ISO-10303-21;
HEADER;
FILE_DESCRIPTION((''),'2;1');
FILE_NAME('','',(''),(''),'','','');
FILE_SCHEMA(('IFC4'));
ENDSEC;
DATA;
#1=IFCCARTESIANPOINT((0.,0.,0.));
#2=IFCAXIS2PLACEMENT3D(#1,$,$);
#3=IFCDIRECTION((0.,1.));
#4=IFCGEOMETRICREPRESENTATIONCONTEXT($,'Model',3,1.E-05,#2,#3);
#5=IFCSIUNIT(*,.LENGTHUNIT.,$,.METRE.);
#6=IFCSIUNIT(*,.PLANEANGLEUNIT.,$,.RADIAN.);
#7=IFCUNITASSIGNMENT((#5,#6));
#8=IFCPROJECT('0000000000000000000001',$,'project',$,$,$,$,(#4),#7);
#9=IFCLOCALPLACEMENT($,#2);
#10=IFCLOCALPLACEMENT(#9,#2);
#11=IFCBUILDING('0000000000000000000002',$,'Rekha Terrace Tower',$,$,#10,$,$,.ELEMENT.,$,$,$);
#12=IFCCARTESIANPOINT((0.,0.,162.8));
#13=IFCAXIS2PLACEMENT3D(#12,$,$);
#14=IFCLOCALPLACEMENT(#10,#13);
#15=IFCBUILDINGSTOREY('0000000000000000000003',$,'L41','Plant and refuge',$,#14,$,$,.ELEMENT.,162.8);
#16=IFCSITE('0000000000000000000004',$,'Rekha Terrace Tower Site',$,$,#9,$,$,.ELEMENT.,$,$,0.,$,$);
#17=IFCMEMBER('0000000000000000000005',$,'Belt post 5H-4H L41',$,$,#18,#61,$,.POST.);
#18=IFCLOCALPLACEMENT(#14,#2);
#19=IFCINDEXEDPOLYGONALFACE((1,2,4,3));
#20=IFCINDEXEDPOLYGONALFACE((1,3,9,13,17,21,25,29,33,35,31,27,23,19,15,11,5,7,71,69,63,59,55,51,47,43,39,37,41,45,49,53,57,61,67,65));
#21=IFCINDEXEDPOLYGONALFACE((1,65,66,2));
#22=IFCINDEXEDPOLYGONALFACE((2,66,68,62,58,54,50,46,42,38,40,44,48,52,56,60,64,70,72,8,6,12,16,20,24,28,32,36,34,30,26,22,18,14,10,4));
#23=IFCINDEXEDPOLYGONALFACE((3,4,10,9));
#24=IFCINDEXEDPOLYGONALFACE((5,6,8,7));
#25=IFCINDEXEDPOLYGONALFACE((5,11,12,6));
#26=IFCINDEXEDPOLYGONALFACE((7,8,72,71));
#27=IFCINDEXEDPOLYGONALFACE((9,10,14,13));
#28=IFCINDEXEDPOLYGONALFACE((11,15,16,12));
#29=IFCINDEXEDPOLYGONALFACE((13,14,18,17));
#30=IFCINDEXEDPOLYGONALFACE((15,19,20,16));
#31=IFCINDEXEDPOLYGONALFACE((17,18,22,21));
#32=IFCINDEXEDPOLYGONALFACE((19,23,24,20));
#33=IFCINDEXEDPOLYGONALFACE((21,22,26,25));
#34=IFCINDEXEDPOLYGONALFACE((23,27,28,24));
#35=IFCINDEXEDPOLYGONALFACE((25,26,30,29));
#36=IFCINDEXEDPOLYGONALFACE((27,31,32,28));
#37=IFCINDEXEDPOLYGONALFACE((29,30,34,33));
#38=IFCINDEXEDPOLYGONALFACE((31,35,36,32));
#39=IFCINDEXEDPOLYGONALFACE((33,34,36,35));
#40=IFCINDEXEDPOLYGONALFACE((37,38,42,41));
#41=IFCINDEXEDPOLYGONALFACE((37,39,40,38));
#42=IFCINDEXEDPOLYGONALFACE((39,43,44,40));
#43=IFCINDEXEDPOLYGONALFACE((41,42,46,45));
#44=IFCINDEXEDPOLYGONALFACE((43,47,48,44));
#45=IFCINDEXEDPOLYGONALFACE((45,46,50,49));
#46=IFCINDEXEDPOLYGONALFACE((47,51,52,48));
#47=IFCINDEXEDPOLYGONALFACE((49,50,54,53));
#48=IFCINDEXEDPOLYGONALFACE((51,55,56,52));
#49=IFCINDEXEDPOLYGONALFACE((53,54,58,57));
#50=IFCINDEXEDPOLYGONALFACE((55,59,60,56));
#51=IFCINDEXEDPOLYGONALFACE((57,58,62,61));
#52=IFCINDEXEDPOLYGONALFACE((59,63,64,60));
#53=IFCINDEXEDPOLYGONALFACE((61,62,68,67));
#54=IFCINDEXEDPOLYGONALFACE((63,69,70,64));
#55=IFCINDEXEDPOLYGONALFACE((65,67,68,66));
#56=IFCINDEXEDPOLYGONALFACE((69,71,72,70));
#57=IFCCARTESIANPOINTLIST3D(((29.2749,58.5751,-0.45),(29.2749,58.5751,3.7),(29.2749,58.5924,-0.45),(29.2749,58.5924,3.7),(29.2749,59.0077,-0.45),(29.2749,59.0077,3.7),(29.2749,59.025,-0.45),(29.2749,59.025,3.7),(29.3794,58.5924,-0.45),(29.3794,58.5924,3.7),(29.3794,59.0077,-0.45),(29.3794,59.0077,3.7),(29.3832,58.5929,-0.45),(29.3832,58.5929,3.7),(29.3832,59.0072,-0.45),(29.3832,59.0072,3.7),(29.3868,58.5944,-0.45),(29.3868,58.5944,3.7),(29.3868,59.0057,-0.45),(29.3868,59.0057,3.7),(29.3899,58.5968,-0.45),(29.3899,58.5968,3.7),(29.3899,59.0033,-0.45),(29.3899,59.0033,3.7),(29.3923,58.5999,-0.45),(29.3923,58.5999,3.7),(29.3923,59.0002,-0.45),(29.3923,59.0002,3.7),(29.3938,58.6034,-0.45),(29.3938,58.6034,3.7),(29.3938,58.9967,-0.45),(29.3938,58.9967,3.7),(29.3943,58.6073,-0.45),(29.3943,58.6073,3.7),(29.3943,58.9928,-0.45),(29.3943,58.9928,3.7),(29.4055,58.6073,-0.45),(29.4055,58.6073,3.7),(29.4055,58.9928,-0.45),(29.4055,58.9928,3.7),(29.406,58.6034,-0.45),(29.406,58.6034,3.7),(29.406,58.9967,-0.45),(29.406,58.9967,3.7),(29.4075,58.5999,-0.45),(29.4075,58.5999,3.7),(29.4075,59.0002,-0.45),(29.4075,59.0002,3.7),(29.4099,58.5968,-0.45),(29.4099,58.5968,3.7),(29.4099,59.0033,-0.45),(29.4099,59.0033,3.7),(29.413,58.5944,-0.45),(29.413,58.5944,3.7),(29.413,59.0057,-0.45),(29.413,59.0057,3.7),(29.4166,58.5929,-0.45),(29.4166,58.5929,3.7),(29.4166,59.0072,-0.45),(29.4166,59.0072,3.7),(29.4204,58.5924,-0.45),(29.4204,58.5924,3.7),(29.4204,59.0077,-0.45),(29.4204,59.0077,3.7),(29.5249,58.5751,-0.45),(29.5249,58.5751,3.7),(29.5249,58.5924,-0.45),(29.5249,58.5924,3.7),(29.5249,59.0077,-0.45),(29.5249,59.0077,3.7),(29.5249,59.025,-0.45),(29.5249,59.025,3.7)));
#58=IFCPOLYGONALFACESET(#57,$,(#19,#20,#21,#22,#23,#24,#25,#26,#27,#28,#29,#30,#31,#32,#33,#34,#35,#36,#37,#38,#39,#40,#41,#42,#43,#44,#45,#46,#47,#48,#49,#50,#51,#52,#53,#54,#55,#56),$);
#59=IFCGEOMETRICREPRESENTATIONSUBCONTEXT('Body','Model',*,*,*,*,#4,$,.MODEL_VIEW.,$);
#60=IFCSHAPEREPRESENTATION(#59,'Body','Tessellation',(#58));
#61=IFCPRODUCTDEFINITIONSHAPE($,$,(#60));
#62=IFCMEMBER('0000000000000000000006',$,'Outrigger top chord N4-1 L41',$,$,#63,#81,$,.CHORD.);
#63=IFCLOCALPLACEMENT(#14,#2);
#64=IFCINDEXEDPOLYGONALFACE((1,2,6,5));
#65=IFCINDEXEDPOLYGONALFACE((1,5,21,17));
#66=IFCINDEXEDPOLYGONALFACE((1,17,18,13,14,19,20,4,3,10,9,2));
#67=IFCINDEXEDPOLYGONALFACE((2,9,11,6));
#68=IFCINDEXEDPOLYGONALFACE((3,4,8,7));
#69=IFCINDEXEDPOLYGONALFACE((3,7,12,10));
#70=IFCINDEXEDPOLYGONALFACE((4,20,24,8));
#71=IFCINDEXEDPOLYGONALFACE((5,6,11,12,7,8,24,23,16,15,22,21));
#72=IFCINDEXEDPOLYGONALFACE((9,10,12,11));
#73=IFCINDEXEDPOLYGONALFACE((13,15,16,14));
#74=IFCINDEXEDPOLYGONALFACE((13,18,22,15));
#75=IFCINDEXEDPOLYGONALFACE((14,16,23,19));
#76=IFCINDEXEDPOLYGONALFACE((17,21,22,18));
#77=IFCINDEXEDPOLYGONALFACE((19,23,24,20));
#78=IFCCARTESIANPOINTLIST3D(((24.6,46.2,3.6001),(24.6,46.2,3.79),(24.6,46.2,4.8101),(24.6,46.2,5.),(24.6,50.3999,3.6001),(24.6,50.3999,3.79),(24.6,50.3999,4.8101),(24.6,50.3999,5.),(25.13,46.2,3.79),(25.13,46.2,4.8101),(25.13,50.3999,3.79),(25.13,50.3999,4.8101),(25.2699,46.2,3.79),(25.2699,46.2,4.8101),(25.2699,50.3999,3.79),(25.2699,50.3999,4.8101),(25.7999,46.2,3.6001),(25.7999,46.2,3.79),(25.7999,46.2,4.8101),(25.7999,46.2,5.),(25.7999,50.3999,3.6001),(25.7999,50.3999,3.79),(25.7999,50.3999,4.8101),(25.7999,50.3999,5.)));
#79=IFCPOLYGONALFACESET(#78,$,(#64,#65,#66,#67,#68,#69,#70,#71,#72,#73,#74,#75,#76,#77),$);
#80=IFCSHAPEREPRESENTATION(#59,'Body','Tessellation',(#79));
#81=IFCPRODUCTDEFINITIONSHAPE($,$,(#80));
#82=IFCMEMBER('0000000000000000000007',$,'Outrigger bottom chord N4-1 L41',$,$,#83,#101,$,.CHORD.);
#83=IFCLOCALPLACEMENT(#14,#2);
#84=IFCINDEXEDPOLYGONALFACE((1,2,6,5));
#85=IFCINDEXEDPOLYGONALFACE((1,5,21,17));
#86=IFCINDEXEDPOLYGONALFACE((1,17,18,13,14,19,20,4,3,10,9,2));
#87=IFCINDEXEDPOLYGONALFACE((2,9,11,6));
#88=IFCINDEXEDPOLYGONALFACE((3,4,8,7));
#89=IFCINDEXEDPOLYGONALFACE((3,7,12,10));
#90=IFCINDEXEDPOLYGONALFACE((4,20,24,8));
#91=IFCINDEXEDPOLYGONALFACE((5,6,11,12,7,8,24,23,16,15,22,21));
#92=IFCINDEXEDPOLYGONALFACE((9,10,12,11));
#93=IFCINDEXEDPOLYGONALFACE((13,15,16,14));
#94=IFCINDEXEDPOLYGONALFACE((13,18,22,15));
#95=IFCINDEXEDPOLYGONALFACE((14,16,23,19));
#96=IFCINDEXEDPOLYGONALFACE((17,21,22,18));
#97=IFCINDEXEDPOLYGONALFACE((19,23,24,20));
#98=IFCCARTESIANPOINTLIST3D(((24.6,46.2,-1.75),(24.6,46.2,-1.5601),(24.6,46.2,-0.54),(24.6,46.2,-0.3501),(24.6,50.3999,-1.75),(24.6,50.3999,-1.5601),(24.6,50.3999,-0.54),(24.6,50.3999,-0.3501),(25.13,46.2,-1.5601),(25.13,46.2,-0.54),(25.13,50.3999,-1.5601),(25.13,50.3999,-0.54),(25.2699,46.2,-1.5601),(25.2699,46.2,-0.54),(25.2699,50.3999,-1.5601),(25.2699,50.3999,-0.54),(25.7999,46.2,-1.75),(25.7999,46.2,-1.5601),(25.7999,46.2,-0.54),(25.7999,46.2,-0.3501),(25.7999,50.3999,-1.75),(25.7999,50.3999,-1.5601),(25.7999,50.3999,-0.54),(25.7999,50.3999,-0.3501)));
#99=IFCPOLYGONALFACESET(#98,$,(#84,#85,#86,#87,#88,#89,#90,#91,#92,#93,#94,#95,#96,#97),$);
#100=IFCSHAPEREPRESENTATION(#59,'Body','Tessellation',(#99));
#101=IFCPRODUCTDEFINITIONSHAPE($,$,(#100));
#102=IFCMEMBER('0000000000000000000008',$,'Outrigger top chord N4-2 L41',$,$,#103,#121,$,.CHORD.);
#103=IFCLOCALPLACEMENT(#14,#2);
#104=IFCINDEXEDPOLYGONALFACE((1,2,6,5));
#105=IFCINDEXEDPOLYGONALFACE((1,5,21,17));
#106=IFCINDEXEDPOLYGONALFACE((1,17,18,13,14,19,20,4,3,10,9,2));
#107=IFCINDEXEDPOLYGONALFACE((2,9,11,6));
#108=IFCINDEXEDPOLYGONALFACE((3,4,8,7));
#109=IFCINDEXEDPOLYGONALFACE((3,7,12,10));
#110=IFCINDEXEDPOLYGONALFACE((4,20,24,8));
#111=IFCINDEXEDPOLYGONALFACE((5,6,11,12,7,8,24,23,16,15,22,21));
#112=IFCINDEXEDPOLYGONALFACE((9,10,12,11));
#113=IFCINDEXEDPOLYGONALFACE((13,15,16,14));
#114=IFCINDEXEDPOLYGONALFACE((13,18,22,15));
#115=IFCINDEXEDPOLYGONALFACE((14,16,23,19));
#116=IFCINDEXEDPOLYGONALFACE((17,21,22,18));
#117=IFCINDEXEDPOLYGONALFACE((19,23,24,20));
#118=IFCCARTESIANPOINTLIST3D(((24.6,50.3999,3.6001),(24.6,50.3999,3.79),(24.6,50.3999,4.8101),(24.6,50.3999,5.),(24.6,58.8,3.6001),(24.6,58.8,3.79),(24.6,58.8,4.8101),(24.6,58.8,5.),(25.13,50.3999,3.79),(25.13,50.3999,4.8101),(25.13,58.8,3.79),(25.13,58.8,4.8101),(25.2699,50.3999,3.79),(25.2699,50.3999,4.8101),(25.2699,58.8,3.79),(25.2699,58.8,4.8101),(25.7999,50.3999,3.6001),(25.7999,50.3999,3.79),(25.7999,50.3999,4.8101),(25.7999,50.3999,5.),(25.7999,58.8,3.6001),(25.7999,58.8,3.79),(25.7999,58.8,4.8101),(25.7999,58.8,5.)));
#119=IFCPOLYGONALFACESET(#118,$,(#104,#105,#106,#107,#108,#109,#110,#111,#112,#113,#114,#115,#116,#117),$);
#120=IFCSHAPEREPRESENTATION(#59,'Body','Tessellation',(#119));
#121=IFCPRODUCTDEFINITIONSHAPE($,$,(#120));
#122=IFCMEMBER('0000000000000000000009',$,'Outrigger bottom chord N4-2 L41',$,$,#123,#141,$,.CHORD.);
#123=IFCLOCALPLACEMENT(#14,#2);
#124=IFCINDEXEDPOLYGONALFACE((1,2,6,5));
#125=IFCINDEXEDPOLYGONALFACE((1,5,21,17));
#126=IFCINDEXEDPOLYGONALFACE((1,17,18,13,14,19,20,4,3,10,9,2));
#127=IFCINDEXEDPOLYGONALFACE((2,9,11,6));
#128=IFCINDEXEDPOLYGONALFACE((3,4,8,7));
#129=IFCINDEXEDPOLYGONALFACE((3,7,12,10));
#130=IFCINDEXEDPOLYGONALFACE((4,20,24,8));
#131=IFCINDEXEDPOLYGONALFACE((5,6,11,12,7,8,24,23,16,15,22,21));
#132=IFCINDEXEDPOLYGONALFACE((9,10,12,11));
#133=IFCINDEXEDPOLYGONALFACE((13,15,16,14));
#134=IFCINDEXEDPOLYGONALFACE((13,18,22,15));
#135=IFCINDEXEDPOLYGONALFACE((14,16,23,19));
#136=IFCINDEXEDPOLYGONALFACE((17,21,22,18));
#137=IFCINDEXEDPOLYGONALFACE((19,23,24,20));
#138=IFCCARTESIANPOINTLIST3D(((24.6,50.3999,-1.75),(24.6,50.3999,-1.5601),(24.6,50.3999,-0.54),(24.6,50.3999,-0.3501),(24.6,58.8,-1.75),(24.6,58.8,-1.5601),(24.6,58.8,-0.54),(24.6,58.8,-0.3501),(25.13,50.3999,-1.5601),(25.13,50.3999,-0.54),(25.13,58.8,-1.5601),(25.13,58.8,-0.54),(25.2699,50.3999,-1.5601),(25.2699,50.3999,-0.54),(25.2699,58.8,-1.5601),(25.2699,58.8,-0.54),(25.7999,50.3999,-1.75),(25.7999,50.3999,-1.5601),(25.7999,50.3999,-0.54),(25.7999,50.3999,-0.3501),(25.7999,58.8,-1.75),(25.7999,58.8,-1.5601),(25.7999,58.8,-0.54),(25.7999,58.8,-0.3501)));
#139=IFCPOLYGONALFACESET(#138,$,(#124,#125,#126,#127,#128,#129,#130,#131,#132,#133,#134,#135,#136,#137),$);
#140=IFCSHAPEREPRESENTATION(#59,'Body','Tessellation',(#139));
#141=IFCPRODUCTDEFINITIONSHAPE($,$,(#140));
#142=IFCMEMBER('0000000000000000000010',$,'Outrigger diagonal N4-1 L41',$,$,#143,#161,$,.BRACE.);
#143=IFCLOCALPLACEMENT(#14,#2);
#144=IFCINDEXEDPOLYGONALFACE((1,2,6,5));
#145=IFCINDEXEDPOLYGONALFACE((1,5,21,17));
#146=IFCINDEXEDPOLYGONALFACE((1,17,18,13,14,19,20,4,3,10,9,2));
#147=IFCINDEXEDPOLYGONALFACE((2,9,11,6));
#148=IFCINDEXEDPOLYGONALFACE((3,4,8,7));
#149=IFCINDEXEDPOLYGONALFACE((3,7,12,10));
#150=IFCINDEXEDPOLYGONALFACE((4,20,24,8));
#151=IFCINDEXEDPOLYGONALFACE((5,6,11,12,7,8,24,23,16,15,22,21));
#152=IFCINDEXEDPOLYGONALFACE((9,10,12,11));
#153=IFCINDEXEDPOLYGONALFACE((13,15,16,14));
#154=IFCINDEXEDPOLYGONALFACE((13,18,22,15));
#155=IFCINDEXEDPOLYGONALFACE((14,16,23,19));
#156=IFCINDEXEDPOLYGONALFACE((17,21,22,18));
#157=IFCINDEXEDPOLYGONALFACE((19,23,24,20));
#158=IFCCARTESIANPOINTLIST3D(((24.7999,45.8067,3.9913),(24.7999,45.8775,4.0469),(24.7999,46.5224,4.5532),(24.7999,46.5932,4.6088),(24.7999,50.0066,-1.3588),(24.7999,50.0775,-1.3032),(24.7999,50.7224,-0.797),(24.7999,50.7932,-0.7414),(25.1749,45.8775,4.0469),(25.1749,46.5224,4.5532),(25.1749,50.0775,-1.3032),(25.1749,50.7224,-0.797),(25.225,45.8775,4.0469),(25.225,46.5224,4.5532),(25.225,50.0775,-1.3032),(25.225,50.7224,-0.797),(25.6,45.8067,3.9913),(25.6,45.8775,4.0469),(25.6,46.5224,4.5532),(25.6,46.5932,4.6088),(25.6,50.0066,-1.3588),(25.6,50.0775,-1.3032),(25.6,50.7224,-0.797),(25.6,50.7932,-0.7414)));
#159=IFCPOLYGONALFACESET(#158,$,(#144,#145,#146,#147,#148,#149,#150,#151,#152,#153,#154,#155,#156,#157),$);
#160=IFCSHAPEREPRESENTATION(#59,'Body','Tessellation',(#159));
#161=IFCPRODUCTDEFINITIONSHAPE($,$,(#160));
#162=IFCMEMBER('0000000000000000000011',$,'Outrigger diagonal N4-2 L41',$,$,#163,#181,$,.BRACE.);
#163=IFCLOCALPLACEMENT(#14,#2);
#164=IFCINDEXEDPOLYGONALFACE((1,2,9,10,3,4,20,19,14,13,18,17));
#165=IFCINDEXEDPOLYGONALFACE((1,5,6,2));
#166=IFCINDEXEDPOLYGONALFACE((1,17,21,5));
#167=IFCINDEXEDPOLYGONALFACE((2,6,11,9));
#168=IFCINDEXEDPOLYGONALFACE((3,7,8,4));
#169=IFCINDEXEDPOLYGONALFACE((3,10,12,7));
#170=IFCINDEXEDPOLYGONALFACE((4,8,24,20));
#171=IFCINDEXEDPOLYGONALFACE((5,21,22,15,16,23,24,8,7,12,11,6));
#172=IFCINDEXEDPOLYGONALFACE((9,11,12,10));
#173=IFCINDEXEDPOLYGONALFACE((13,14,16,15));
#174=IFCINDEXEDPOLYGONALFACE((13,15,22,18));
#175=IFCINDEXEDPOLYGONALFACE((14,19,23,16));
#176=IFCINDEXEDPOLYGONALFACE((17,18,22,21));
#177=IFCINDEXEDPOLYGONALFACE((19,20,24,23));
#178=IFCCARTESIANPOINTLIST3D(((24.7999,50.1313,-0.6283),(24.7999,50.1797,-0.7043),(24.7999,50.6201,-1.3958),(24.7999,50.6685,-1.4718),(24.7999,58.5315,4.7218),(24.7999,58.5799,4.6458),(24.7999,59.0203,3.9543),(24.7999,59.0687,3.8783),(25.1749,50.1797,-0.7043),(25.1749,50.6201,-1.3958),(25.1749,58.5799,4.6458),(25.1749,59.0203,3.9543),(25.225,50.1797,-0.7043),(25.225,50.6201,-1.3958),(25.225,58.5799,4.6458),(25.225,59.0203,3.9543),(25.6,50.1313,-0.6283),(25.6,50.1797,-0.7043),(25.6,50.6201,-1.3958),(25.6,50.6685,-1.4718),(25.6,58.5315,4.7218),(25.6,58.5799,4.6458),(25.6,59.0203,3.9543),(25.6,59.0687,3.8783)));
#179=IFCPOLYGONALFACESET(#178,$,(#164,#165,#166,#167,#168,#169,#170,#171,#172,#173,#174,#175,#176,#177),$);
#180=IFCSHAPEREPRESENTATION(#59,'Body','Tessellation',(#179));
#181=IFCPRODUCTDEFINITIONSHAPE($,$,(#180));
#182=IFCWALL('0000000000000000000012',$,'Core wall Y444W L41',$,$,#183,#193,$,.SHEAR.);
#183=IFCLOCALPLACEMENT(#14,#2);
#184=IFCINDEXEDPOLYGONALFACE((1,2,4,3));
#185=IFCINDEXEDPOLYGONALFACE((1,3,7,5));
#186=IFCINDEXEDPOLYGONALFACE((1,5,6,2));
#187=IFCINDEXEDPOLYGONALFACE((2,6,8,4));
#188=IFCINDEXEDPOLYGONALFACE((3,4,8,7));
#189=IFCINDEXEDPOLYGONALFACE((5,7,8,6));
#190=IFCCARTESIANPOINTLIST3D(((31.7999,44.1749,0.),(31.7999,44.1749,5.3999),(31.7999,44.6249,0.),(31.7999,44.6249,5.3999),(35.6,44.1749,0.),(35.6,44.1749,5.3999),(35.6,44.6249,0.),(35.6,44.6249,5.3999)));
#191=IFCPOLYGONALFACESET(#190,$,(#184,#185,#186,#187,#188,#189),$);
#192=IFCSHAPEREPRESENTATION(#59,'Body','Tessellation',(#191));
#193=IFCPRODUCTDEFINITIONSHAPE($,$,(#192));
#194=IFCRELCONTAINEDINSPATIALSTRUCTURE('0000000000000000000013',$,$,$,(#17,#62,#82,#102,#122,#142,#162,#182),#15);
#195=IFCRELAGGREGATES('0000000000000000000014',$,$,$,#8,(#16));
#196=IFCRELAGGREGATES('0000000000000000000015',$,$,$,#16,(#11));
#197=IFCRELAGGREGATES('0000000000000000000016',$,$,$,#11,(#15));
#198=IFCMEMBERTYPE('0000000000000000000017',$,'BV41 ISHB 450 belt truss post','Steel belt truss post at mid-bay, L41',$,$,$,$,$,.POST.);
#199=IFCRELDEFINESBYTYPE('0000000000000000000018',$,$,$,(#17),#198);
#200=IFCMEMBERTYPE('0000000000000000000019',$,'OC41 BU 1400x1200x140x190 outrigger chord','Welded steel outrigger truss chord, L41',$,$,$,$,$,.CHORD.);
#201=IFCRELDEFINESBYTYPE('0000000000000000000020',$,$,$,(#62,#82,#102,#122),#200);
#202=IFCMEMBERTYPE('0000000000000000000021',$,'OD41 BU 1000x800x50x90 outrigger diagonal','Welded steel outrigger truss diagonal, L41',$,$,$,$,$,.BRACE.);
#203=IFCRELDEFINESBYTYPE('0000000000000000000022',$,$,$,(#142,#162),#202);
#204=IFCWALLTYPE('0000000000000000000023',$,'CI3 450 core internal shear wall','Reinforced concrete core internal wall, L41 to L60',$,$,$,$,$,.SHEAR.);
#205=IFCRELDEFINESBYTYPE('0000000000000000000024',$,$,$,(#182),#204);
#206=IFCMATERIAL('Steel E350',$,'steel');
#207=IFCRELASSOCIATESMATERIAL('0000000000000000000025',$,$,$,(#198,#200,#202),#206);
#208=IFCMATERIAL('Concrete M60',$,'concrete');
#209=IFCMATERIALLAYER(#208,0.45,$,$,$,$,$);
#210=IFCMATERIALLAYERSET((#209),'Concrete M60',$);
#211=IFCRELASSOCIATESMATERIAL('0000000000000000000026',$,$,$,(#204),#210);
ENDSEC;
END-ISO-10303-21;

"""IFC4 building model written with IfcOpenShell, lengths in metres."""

from ifc_helpers import new_model, si_unit, direction, frame, frame_2d, origin, origin_2d, place, context, subcontext, project, spatial, rectangle, i_section, extrude, material, layer, layer_set, material_profile, profile_set, type_object, element, save


model = new_model("IFC4")

# Units and contexts
model_context = context("Model", 3, precision=1e-05, world=origin(), true_north=direction((0.0, 1.0)))
body_context = subcontext(model_context, "Body", "Model", "MODEL_VIEW")
ifc_project = project(units=[si_unit("LENGTHUNIT", "METRE"), si_unit("PLANEANGLEUNIT", "RADIAN")], contexts=[model_context])

# Site, building, storey
site_placement = place(None, origin())
site = spatial("IfcSite", under=ifc_project, at=site_placement, Name="Rekha Terrace Tower Site", CompositionType="ELEMENT", RefElevation=0.0)
building_placement = place(site_placement, origin())
building = spatial("IfcBuilding", under=site, at=building_placement, Name="Rekha Terrace Tower", CompositionType="ELEMENT")
storey_placement = place(building_placement, frame((0.0, 0.0, 162.8)))
storey = spatial("IfcBuildingStorey", under=building, at=storey_placement, Name="L41", Description="Plant and refuge", CompositionType="ELEMENT", Elevation=162.8)

# Shared definitions
ifc_material_1 = material(Name="Concrete M60", Category="concrete")

# Members
ifc_material_2 = material(Name="Steel E350", Category="steel")
ifc_material_profile_1 = material_profile(ifc_material_2, i_section(OverallWidth=0.25, OverallDepth=0.45, WebThickness=0.0112, FlangeThickness=0.0173, FilletRadius=0.0149, at=origin_2d()), Name="ISHB 450")
ifc_profile_set_1 = profile_set([ifc_material_profile_1], Name="Steel E350")
member_type_1 = type_object("IfcMemberType", Name="BV41 ISHB 450 belt truss post", Description="Steel belt truss post at mid-bay, L41", PredefinedType="POST", material=ifc_profile_set_1)
member_1_placement = place(storey_placement, frame((29.3999, 58.8, -0.45), z_axis=(0.0, 0.0, 1.0), x_axis=(1.0, 0.0, 0.0)))
element("IfcMember", 1, at=member_1_placement, inside=storey, type_object=member_type_1, Name="Belt post 5H-4H L41", PredefinedType="POST", context=body_context, shape_type="SweptSolid", body=[
    extrude(i_section(OverallWidth=0.25, OverallDepth=0.45, WebThickness=0.0112, FlangeThickness=0.0173, FilletRadius=0.0149, at=origin_2d()), origin(), (0.0, 0.0, 1.0), 4.1499),
])
ifc_material_profile_2 = material_profile(ifc_material_2, i_section(OverallWidth=1.2, OverallDepth=1.3999, WebThickness=0.1399, FlangeThickness=0.1899, at=origin_2d()), Name="BU 1400x1200x140x190")
ifc_profile_set_2 = profile_set([ifc_material_profile_2], Name="Steel E350")
member_type_2 = type_object("IfcMemberType", Name="OC41 BU 1400x1200x140x190 outrigger chord", Description="Welded steel outrigger truss chord, L41", PredefinedType="CHORD", material=ifc_profile_set_2)
for number, where, z_axis, x_axis, name in (
    (2, (25.2, 46.2, 4.3), (0.0, 1.0, 0.0), (-1.0, 0.0, 0.0), "Outrigger top chord N4-1 L41"),
    (3, (25.2, 46.2, -1.05), (0.0, 1.0, 0.0), (-1.0, 0.0, 0.0), "Outrigger bottom chord N4-1 L41"),
):
    element("IfcMember", number, at=place(storey_placement, frame(where, z_axis=z_axis, x_axis=x_axis)), inside=storey, type_object=member_type_2, Name=name, PredefinedType="CHORD", context=body_context, shape_type="SweptSolid", body=[
        extrude(i_section(OverallWidth=1.2, OverallDepth=1.3999, WebThickness=0.1399, FlangeThickness=0.1899, at=origin_2d()), origin(), (0.0, 0.0, 1.0), 4.2),
    ])
for number, where, z_axis, x_axis, name in (
    (4, (25.2, 50.3999, 4.3), (0.0, 1.0, 0.0), (-1.0, 0.0, 0.0), "Outrigger top chord N4-2 L41"),
    (5, (25.2, 50.3999, -1.05), (0.0, 1.0, 0.0), (-1.0, 0.0, 0.0), "Outrigger bottom chord N4-2 L41"),
):
    element("IfcMember", number, at=place(storey_placement, frame(where, z_axis=z_axis, x_axis=x_axis)), inside=storey, type_object=member_type_2, Name=name, PredefinedType="CHORD", context=body_context, shape_type="SweptSolid", body=[
        extrude(i_section(OverallWidth=1.2, OverallDepth=1.3999, WebThickness=0.1399, FlangeThickness=0.1899, at=origin_2d()), origin(), (0.0, 0.0, 1.0), 8.4001),
    ])
ifc_material_profile_3 = material_profile(ifc_material_2, i_section(OverallWidth=0.8, OverallDepth=1.0, WebThickness=0.05, FlangeThickness=0.0901, at=origin_2d()), Name="BU 1000x800x50x90")
ifc_profile_set_3 = profile_set([ifc_material_profile_3], Name="Steel E350")
member_type_3 = type_object("IfcMemberType", Name="OD41 BU 1000x800x50x90 outrigger diagonal", Description="Welded steel outrigger truss diagonal, L41", PredefinedType="BRACE", material=ifc_profile_set_3)
member_2_placement = place(storey_placement, frame((25.2, 46.2, 4.3), z_axis=(0.0, 0.617485, -0.786582), x_axis=(-1.0, 0.0, 0.0)))
element("IfcMember", 6, at=member_2_placement, inside=storey, type_object=member_type_3, Name="Outrigger diagonal N4-1 L41", PredefinedType="BRACE", context=body_context, shape_type="SweptSolid", body=[
    extrude(i_section(OverallWidth=0.8, OverallDepth=1.0, WebThickness=0.05, FlangeThickness=0.0901, at=origin_2d()), origin(), (0.0, 0.0, 1.0), 6.8018),
])
member_3_placement = place(storey_placement, frame((25.2, 50.3999, -1.05), z_axis=(0.0, 0.843454, 0.537201), x_axis=(-1.0, 0.0, 0.0)))
element("IfcMember", 7, at=member_3_placement, inside=storey, type_object=member_type_3, Name="Outrigger diagonal N4-2 L41", PredefinedType="BRACE", context=body_context, shape_type="SweptSolid", body=[
    extrude(i_section(OverallWidth=0.8, OverallDepth=1.0, WebThickness=0.05, FlangeThickness=0.0901, at=origin_2d()), origin(), (0.0, 0.0, 1.0), 9.9592),
])

# Wall
ifc_layer_1 = layer(ifc_material_1, 0.45)
ifc_layer_set_1 = layer_set([ifc_layer_1], Name="Concrete M60")
wall_type_1 = type_object("IfcWallType", Name="CI3 450 core internal shear wall", Description="Reinforced concrete core internal wall, L41 to L60", PredefinedType="SHEAR", material=ifc_layer_set_1)
wall_1_placement = place(storey_placement, frame((31.8, 44.3999, 0.0), z_axis=(0.0, 0.0, 1.0), x_axis=(1.0, 0.0, 0.0)))
element("IfcWall", 8, at=wall_1_placement, inside=storey, type_object=wall_type_1, Name="Core wall Y444W L41", PredefinedType="SHEAR", context=body_context, shape_type="SweptSolid", body=[
    extrude(rectangle(XDim=3.8, YDim=0.45, at=frame_2d((1.8999, 0.0))), origin(), (0.0, 0.0, 1.0), 5.3999),
])

save(model, "model.ifc")
